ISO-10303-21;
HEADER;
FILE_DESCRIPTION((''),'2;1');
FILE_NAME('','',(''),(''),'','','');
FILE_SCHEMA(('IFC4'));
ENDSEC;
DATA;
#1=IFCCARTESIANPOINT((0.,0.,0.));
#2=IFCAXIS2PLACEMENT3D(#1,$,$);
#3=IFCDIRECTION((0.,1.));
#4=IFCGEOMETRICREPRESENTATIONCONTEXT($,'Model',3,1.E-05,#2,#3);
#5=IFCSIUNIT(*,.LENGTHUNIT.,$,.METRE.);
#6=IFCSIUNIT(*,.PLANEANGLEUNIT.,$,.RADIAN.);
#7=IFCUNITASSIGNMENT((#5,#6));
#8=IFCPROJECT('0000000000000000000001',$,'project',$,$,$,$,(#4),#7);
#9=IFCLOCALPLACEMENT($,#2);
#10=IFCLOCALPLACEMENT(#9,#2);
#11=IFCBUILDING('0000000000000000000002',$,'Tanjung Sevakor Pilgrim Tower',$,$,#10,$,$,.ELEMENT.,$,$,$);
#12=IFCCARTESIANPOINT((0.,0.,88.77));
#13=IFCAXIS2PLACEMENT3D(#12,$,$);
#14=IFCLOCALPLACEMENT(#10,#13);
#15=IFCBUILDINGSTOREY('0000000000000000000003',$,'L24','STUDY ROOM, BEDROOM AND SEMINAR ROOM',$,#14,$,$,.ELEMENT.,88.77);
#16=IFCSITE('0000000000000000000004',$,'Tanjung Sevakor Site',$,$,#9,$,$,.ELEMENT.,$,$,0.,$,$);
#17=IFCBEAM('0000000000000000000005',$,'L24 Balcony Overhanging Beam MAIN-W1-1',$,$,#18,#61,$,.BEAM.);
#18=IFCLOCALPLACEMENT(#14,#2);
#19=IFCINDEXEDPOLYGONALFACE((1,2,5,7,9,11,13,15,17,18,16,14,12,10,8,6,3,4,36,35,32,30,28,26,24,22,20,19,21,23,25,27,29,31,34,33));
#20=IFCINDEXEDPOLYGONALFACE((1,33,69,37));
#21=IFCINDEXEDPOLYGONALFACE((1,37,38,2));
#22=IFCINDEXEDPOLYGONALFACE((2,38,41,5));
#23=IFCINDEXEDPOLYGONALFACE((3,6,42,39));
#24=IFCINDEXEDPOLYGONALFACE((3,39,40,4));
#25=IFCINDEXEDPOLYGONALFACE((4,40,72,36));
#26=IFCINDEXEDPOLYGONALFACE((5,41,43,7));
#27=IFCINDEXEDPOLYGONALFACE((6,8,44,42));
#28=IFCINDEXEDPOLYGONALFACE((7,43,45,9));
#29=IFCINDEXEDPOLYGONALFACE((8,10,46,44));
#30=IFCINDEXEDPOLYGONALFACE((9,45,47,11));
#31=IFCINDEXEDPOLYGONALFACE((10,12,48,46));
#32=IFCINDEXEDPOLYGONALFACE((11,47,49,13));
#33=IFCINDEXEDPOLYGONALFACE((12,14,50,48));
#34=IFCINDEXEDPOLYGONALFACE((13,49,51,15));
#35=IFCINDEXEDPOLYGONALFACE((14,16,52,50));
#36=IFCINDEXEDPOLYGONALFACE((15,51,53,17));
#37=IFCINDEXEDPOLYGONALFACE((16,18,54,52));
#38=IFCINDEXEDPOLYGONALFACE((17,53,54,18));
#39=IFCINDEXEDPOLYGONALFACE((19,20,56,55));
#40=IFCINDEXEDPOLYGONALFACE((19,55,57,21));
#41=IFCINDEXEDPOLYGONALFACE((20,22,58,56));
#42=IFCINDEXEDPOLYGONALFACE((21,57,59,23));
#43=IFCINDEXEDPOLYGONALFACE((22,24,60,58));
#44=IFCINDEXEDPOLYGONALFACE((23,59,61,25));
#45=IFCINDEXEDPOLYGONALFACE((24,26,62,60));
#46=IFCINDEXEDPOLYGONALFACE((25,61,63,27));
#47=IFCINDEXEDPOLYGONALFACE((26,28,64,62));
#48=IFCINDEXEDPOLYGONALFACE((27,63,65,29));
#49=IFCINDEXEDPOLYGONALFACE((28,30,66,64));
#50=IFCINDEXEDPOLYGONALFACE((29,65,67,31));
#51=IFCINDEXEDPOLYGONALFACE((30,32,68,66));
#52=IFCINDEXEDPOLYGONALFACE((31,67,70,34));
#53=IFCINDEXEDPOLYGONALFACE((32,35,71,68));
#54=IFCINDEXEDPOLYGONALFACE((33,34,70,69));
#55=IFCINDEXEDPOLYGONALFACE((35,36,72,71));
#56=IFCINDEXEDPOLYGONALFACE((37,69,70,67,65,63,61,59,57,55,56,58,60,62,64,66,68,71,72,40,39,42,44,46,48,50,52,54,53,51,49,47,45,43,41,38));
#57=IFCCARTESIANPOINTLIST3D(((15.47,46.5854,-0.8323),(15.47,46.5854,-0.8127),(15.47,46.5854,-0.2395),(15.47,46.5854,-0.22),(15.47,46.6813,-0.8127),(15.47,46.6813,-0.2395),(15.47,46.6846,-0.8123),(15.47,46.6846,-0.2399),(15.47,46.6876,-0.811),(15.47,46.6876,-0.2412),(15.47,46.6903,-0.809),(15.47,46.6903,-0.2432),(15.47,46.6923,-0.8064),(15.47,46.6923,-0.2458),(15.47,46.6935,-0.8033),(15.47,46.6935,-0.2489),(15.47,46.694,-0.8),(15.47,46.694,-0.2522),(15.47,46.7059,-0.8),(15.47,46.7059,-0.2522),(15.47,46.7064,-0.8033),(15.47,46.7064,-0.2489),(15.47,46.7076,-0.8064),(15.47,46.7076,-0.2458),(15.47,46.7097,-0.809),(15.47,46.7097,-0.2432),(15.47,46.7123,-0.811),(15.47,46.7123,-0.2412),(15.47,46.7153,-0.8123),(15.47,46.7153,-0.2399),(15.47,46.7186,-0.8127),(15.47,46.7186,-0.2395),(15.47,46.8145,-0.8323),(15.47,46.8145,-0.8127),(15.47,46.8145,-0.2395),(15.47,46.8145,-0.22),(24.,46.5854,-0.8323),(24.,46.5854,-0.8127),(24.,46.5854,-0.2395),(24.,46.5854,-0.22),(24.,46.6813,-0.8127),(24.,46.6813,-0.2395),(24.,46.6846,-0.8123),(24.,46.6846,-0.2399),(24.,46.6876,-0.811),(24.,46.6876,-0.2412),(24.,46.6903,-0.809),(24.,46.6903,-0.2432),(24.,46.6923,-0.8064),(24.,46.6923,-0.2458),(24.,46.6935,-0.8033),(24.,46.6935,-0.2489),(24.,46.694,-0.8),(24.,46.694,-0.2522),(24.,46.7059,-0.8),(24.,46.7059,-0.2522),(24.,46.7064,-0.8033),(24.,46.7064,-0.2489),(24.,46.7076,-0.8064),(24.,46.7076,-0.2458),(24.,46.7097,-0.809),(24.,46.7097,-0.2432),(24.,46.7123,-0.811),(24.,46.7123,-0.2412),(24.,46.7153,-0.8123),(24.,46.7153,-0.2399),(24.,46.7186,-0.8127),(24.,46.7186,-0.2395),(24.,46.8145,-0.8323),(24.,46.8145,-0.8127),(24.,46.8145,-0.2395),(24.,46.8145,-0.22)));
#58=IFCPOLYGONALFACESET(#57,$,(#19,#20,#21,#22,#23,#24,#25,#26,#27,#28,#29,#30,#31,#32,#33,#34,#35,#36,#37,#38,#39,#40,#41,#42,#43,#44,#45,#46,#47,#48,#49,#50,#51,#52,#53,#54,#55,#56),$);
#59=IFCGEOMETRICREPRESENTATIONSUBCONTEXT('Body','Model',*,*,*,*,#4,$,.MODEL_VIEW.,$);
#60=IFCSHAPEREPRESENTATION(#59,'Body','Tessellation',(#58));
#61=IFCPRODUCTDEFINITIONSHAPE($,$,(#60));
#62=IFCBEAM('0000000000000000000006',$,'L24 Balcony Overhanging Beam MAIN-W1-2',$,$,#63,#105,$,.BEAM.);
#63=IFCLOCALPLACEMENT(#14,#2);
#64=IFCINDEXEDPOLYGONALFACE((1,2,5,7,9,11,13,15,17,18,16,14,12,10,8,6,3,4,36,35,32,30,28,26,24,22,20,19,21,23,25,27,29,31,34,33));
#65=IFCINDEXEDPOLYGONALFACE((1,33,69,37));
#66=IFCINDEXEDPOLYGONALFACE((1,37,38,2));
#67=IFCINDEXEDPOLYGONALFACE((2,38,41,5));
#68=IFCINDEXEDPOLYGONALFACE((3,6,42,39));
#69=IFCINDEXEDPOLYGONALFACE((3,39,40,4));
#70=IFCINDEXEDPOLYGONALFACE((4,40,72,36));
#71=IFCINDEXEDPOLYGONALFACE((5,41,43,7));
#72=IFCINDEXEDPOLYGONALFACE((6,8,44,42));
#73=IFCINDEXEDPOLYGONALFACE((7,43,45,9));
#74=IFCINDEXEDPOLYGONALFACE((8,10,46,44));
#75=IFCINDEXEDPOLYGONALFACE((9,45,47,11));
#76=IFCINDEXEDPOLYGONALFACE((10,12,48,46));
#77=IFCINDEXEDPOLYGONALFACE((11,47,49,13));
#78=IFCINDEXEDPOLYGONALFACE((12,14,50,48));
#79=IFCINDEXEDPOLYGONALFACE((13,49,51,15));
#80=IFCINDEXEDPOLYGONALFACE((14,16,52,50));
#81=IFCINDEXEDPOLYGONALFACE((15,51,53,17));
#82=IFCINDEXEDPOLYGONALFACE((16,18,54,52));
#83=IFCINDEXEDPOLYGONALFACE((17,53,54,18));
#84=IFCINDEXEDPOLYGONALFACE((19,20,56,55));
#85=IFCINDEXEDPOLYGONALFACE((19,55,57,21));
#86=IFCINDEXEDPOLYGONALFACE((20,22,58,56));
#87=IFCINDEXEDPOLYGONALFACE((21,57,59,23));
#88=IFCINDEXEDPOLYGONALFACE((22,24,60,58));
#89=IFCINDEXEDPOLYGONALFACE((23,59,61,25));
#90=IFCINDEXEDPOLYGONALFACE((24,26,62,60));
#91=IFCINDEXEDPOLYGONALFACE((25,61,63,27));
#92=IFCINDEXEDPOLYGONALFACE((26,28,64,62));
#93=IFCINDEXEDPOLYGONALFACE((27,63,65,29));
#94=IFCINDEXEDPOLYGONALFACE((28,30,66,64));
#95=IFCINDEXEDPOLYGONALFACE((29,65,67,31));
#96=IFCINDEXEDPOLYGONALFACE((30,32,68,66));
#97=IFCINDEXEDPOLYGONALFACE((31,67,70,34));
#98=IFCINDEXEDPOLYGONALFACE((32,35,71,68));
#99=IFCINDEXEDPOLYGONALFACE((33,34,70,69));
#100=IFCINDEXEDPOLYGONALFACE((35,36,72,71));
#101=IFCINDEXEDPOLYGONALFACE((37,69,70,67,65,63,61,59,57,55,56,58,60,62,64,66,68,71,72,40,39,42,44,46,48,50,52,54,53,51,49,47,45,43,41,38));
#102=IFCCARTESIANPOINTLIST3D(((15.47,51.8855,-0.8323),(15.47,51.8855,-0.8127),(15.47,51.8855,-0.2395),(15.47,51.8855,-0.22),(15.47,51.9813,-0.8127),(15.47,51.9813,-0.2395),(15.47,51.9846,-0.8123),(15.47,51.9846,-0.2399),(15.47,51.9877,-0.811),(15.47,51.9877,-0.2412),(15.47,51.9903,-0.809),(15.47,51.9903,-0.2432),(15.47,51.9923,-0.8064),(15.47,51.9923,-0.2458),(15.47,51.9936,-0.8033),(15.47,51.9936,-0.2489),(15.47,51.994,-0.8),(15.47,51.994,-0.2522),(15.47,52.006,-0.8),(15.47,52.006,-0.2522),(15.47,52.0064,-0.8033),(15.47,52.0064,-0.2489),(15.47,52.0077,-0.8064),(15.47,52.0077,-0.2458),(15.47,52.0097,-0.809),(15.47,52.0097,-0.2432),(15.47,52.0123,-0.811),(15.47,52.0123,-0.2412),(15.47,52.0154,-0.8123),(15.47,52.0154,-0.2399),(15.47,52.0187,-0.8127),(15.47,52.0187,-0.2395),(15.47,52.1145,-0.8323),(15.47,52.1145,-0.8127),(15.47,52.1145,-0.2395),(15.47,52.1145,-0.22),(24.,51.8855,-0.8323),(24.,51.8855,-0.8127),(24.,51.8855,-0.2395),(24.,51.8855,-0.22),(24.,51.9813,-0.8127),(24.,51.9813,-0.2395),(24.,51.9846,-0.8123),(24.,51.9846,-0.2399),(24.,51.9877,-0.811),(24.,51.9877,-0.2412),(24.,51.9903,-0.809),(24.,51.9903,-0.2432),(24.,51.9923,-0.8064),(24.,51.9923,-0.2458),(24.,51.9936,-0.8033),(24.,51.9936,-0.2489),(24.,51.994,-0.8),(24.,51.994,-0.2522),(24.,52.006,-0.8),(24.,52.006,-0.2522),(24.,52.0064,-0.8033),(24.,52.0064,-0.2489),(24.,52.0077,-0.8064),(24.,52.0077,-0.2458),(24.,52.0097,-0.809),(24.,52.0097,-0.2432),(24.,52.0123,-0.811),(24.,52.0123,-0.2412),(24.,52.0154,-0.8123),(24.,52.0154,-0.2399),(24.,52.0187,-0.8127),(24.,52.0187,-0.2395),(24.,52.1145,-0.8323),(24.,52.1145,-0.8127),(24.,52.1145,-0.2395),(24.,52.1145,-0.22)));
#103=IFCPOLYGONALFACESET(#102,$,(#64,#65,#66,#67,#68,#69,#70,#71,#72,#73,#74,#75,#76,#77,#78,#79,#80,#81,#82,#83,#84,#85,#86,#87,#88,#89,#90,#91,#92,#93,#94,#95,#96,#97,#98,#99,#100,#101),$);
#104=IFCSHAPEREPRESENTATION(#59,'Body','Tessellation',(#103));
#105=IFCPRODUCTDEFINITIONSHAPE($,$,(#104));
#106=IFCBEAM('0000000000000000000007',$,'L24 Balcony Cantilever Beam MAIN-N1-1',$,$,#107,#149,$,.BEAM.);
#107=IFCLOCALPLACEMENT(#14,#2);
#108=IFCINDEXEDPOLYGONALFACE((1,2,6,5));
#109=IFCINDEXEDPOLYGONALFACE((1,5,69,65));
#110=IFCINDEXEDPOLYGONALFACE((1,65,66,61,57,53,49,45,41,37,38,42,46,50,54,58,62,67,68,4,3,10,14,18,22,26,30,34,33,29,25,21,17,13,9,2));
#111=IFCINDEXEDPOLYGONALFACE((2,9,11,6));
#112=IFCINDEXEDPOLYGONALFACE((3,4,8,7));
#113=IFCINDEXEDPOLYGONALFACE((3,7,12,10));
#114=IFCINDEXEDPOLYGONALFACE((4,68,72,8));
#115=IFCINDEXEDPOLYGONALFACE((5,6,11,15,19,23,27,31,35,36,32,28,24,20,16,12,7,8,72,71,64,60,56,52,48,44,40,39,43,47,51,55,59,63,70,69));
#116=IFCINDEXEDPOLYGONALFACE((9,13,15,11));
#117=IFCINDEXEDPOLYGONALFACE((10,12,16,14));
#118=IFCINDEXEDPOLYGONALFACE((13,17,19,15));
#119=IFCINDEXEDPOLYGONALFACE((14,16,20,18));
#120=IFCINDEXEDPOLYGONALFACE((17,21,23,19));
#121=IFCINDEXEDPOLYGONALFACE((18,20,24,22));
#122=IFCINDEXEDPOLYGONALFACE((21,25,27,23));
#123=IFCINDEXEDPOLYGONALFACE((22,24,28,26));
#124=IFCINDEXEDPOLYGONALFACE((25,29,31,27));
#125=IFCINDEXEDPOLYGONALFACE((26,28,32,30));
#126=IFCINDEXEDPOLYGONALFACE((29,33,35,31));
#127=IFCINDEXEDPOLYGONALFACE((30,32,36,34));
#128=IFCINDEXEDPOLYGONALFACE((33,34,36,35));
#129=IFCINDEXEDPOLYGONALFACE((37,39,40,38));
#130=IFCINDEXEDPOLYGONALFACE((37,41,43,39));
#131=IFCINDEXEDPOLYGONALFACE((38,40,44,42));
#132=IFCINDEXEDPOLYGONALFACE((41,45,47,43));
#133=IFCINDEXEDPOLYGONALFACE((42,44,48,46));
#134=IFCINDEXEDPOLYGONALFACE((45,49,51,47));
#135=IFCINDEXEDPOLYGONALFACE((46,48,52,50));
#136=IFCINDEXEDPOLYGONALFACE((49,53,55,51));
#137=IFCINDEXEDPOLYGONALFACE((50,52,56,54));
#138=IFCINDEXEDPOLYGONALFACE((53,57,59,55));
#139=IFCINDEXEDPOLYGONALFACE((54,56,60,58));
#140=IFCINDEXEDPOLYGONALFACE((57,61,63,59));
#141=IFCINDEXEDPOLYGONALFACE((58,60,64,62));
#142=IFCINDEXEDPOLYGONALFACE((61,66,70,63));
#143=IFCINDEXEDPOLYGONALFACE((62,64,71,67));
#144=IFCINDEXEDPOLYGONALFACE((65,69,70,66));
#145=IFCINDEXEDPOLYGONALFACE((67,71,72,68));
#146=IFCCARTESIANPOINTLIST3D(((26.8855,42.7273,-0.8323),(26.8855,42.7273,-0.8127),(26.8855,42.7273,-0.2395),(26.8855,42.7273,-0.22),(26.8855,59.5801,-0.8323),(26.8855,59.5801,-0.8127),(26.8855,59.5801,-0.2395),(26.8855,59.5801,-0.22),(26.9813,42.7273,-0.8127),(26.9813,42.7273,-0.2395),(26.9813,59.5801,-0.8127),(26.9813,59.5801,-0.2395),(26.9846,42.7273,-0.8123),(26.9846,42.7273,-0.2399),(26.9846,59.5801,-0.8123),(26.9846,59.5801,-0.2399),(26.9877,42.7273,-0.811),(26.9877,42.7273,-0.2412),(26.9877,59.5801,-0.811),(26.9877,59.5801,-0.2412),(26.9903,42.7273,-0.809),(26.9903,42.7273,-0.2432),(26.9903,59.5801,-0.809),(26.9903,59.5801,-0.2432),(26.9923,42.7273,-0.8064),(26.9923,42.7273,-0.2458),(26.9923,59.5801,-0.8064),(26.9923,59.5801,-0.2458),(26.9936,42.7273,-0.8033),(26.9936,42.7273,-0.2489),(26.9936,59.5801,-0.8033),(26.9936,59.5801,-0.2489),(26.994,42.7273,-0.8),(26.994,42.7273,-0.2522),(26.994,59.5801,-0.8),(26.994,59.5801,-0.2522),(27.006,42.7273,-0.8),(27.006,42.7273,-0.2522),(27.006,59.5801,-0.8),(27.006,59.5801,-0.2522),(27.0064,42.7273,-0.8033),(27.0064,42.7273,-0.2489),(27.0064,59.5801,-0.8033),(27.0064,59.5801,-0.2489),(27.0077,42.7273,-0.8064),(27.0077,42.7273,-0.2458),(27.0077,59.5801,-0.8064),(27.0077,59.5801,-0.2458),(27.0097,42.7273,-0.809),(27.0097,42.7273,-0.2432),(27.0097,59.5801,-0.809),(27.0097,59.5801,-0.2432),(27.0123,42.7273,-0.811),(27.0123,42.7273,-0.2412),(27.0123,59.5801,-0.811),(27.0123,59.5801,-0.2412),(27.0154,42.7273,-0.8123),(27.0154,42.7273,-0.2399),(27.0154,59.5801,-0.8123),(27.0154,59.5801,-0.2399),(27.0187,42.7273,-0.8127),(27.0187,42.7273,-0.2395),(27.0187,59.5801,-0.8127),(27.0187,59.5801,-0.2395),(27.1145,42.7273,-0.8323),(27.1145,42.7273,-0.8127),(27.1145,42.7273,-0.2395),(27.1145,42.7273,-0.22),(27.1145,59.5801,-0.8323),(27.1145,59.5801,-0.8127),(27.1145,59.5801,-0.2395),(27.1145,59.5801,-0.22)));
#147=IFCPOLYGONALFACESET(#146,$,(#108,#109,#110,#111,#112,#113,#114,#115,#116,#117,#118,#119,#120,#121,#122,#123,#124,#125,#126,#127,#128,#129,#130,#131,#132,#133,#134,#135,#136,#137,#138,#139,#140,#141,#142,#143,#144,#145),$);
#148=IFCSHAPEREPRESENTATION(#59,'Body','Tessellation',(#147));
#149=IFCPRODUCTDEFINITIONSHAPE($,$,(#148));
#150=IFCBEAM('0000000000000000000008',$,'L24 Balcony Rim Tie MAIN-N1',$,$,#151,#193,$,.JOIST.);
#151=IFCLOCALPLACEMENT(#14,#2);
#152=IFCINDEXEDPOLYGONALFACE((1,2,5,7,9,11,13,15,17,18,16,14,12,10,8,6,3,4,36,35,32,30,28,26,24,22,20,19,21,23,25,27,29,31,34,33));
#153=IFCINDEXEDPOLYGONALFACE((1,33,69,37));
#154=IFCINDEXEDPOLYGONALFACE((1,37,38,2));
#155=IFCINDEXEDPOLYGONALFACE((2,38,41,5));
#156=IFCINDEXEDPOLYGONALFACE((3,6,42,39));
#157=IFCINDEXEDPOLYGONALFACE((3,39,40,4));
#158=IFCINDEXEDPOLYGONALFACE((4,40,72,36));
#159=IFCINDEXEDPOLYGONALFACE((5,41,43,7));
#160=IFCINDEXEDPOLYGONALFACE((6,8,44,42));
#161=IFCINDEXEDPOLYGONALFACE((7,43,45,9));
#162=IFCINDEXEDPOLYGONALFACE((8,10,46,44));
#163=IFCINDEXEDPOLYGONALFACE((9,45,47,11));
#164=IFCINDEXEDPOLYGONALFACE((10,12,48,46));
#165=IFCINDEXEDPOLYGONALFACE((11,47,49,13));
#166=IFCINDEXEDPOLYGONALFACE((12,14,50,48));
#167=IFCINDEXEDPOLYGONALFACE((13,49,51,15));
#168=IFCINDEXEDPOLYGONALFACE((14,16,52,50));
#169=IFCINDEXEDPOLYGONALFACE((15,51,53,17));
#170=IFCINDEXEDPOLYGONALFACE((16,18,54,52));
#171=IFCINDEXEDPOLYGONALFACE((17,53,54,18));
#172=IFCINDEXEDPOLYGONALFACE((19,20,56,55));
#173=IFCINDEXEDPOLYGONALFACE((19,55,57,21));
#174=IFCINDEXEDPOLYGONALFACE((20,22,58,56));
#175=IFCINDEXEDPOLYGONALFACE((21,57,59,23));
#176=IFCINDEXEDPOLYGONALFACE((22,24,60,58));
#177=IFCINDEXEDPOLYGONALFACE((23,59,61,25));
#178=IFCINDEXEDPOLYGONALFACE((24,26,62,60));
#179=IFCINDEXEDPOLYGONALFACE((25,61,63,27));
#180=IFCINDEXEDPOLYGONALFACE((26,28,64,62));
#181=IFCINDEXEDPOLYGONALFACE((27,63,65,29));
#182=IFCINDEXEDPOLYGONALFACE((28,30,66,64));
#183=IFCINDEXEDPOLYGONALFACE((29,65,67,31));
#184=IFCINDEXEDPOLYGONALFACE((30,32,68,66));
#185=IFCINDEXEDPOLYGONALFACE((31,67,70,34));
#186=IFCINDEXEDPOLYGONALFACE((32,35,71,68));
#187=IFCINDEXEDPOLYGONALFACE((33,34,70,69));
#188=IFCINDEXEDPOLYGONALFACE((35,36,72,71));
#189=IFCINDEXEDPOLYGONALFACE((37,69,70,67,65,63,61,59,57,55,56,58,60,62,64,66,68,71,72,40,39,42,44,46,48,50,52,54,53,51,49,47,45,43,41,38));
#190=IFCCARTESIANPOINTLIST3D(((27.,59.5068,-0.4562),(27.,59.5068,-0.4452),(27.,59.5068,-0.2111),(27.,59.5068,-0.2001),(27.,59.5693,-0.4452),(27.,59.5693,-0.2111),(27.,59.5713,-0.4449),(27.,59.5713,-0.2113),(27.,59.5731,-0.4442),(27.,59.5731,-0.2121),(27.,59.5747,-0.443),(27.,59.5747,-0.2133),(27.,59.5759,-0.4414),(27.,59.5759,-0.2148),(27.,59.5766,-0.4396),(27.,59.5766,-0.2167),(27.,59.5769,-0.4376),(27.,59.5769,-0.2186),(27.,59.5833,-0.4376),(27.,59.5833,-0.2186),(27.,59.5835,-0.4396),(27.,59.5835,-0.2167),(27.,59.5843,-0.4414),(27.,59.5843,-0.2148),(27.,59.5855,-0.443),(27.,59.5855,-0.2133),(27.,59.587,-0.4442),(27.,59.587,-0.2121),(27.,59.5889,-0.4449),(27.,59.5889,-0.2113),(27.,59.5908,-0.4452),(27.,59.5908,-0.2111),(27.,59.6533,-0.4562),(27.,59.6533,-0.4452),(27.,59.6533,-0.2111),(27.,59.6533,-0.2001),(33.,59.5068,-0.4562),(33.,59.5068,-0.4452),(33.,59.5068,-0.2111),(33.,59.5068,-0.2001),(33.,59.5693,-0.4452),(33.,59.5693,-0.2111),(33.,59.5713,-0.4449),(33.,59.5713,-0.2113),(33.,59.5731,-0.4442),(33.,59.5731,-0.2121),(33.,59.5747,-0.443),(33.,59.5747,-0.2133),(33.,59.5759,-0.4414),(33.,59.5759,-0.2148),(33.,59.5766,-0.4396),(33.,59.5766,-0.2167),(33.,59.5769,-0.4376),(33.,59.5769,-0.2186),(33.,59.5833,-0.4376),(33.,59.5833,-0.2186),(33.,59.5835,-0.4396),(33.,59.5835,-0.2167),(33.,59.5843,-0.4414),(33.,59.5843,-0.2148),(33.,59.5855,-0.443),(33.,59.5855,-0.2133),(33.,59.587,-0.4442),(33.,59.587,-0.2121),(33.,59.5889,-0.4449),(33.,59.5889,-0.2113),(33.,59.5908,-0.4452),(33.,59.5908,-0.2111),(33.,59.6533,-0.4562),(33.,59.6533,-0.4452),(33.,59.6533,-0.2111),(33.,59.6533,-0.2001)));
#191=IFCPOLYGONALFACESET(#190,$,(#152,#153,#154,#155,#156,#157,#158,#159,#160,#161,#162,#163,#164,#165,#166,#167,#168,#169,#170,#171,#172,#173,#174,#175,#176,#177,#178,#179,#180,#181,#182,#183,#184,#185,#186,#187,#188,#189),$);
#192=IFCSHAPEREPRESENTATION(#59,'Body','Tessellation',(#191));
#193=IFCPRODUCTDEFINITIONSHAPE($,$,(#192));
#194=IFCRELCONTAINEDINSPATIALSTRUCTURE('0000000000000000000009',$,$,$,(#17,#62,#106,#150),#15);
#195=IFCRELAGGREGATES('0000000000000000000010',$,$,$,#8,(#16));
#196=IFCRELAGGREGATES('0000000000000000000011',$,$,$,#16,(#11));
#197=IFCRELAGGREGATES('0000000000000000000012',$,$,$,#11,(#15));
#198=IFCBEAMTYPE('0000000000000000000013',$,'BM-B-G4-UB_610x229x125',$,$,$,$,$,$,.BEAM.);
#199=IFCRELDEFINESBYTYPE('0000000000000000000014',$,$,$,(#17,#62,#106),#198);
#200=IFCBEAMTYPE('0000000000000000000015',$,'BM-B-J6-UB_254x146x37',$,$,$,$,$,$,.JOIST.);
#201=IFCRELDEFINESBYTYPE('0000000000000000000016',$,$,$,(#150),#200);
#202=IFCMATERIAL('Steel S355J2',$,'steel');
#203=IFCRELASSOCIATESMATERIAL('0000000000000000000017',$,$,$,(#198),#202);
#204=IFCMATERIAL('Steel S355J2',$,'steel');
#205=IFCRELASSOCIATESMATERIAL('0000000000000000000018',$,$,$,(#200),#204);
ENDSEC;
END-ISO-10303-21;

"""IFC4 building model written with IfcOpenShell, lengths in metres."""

from ifc_helpers import new_model, si_unit, direction, frame, origin, origin_2d, place, context, subcontext, project, spatial, i_section, extrude, material, material_profile, profile_set, type_object, element, save


model = new_model("IFC4")

# Units and contexts
model_context = context("Model", 3, precision=1e-05, world=origin(), true_north=direction((0.0, 1.0)))
body_context = subcontext(model_context, "Body", "Model", "MODEL_VIEW")
ifc_project = project(units=[si_unit("LENGTHUNIT", "METRE"), si_unit("PLANEANGLEUNIT", "RADIAN")], contexts=[model_context])

# Site, building, storey
site_placement = place(None, origin())
site = spatial("IfcSite", under=ifc_project, at=site_placement, Name="Tanjung Sevakor Site", CompositionType="ELEMENT", RefElevation=0.0)
building_placement = place(site_placement, origin())
building = spatial("IfcBuilding", under=site, at=building_placement, Name="Tanjung Sevakor Pilgrim Tower", CompositionType="ELEMENT")
storey_placement = place(building_placement, frame((0.0, 0.0, 88.77)))
storey = spatial("IfcBuildingStorey", under=building, at=storey_placement, Name="L24", Description="STUDY ROOM, BEDROOM AND SEMINAR ROOM", CompositionType="ELEMENT", Elevation=88.77)

# Beams
ifc_material_1 = material(Name="Steel S355J2", Category="steel")
ifc_material_profile_1 = material_profile(ifc_material_1, i_section(OverallWidth=0.229, OverallDepth=0.6123, WebThickness=0.012, FlangeThickness=0.0195, FilletRadius=0.0127, at=origin_2d()))
ifc_profile_set_1 = profile_set([ifc_material_profile_1], Name="Steel S355J2")
beam_type_1 = type_object("IfcBeamType", Name="BM-B-G4-UB_610x229x125", PredefinedType="BEAM", material=ifc_profile_set_1)
for number, where, z_axis, x_axis, name in (
    (1, (24.0, 46.7, -0.5261), (-1.0, 0.0, 0.0), (0.0, -1.0, 0.0), "L24 Balcony Overhanging Beam MAIN-W1-1"),
    (2, (24.0, 52.0, -0.5261), (-1.0, 0.0, 0.0), (0.0, -1.0, 0.0), "L24 Balcony Overhanging Beam MAIN-W1-2"),
):
    element("IfcBeam", number, at=place(storey_placement, frame(where, z_axis=z_axis, x_axis=x_axis)), inside=storey, type_object=beam_type_1, Name=name, PredefinedType="BEAM", context=body_context, shape_type="SweptSolid", body=[
        extrude(i_section(OverallWidth=0.229, OverallDepth=0.6123, WebThickness=0.012, FlangeThickness=0.0195, FilletRadius=0.0127, at=origin_2d()), origin(), (0.0, 0.0, 1.0), 8.53),
    ])
beam_1_placement = place(storey_placement, frame((27.0, 42.7273, -0.5261), z_axis=(0.0, 1.0, 0.0), x_axis=(-1.0, 0.0, 0.0)))
element("IfcBeam", 3, at=beam_1_placement, inside=storey, type_object=beam_type_1, Name="L24 Balcony Cantilever Beam MAIN-N1-1", PredefinedType="BEAM", context=body_context, shape_type="SweptSolid", body=[
    extrude(i_section(OverallWidth=0.229, OverallDepth=0.6123, WebThickness=0.012, FlangeThickness=0.0195, FilletRadius=0.0127, at=origin_2d()), origin(), (0.0, 0.0, 1.0), 16.8528),
])
ifc_material_2 = material(Name="Steel S355J2", Category="steel")
ifc_material_profile_2 = material_profile(ifc_material_2, i_section(OverallWidth=0.1465, OverallDepth=0.2561, WebThickness=0.0063, FlangeThickness=0.011, FilletRadius=0.0076, at=origin_2d()))
ifc_profile_set_2 = profile_set([ifc_material_profile_2], Name="Steel S355J2")
beam_type_2 = type_object("IfcBeamType", Name="BM-B-J6-UB_254x146x37", PredefinedType="JOIST", material=ifc_profile_set_2)
beam_2_placement = place(storey_placement, frame((27.0, 59.5801, -0.3281), z_axis=(1.0, 0.0, 0.0), x_axis=(0.0, 1.0, 0.0)))
element("IfcBeam", 4, at=beam_2_placement, inside=storey, type_object=beam_type_2, Name="L24 Balcony Rim Tie MAIN-N1", PredefinedType="JOIST", context=body_context, shape_type="SweptSolid", body=[
    extrude(i_section(OverallWidth=0.1465, OverallDepth=0.2561, WebThickness=0.0063, FlangeThickness=0.011, FilletRadius=0.0076, at=origin_2d()), origin(), (0.0, 0.0, 1.0), 6.0),
])

save(model, "model.ifc")
